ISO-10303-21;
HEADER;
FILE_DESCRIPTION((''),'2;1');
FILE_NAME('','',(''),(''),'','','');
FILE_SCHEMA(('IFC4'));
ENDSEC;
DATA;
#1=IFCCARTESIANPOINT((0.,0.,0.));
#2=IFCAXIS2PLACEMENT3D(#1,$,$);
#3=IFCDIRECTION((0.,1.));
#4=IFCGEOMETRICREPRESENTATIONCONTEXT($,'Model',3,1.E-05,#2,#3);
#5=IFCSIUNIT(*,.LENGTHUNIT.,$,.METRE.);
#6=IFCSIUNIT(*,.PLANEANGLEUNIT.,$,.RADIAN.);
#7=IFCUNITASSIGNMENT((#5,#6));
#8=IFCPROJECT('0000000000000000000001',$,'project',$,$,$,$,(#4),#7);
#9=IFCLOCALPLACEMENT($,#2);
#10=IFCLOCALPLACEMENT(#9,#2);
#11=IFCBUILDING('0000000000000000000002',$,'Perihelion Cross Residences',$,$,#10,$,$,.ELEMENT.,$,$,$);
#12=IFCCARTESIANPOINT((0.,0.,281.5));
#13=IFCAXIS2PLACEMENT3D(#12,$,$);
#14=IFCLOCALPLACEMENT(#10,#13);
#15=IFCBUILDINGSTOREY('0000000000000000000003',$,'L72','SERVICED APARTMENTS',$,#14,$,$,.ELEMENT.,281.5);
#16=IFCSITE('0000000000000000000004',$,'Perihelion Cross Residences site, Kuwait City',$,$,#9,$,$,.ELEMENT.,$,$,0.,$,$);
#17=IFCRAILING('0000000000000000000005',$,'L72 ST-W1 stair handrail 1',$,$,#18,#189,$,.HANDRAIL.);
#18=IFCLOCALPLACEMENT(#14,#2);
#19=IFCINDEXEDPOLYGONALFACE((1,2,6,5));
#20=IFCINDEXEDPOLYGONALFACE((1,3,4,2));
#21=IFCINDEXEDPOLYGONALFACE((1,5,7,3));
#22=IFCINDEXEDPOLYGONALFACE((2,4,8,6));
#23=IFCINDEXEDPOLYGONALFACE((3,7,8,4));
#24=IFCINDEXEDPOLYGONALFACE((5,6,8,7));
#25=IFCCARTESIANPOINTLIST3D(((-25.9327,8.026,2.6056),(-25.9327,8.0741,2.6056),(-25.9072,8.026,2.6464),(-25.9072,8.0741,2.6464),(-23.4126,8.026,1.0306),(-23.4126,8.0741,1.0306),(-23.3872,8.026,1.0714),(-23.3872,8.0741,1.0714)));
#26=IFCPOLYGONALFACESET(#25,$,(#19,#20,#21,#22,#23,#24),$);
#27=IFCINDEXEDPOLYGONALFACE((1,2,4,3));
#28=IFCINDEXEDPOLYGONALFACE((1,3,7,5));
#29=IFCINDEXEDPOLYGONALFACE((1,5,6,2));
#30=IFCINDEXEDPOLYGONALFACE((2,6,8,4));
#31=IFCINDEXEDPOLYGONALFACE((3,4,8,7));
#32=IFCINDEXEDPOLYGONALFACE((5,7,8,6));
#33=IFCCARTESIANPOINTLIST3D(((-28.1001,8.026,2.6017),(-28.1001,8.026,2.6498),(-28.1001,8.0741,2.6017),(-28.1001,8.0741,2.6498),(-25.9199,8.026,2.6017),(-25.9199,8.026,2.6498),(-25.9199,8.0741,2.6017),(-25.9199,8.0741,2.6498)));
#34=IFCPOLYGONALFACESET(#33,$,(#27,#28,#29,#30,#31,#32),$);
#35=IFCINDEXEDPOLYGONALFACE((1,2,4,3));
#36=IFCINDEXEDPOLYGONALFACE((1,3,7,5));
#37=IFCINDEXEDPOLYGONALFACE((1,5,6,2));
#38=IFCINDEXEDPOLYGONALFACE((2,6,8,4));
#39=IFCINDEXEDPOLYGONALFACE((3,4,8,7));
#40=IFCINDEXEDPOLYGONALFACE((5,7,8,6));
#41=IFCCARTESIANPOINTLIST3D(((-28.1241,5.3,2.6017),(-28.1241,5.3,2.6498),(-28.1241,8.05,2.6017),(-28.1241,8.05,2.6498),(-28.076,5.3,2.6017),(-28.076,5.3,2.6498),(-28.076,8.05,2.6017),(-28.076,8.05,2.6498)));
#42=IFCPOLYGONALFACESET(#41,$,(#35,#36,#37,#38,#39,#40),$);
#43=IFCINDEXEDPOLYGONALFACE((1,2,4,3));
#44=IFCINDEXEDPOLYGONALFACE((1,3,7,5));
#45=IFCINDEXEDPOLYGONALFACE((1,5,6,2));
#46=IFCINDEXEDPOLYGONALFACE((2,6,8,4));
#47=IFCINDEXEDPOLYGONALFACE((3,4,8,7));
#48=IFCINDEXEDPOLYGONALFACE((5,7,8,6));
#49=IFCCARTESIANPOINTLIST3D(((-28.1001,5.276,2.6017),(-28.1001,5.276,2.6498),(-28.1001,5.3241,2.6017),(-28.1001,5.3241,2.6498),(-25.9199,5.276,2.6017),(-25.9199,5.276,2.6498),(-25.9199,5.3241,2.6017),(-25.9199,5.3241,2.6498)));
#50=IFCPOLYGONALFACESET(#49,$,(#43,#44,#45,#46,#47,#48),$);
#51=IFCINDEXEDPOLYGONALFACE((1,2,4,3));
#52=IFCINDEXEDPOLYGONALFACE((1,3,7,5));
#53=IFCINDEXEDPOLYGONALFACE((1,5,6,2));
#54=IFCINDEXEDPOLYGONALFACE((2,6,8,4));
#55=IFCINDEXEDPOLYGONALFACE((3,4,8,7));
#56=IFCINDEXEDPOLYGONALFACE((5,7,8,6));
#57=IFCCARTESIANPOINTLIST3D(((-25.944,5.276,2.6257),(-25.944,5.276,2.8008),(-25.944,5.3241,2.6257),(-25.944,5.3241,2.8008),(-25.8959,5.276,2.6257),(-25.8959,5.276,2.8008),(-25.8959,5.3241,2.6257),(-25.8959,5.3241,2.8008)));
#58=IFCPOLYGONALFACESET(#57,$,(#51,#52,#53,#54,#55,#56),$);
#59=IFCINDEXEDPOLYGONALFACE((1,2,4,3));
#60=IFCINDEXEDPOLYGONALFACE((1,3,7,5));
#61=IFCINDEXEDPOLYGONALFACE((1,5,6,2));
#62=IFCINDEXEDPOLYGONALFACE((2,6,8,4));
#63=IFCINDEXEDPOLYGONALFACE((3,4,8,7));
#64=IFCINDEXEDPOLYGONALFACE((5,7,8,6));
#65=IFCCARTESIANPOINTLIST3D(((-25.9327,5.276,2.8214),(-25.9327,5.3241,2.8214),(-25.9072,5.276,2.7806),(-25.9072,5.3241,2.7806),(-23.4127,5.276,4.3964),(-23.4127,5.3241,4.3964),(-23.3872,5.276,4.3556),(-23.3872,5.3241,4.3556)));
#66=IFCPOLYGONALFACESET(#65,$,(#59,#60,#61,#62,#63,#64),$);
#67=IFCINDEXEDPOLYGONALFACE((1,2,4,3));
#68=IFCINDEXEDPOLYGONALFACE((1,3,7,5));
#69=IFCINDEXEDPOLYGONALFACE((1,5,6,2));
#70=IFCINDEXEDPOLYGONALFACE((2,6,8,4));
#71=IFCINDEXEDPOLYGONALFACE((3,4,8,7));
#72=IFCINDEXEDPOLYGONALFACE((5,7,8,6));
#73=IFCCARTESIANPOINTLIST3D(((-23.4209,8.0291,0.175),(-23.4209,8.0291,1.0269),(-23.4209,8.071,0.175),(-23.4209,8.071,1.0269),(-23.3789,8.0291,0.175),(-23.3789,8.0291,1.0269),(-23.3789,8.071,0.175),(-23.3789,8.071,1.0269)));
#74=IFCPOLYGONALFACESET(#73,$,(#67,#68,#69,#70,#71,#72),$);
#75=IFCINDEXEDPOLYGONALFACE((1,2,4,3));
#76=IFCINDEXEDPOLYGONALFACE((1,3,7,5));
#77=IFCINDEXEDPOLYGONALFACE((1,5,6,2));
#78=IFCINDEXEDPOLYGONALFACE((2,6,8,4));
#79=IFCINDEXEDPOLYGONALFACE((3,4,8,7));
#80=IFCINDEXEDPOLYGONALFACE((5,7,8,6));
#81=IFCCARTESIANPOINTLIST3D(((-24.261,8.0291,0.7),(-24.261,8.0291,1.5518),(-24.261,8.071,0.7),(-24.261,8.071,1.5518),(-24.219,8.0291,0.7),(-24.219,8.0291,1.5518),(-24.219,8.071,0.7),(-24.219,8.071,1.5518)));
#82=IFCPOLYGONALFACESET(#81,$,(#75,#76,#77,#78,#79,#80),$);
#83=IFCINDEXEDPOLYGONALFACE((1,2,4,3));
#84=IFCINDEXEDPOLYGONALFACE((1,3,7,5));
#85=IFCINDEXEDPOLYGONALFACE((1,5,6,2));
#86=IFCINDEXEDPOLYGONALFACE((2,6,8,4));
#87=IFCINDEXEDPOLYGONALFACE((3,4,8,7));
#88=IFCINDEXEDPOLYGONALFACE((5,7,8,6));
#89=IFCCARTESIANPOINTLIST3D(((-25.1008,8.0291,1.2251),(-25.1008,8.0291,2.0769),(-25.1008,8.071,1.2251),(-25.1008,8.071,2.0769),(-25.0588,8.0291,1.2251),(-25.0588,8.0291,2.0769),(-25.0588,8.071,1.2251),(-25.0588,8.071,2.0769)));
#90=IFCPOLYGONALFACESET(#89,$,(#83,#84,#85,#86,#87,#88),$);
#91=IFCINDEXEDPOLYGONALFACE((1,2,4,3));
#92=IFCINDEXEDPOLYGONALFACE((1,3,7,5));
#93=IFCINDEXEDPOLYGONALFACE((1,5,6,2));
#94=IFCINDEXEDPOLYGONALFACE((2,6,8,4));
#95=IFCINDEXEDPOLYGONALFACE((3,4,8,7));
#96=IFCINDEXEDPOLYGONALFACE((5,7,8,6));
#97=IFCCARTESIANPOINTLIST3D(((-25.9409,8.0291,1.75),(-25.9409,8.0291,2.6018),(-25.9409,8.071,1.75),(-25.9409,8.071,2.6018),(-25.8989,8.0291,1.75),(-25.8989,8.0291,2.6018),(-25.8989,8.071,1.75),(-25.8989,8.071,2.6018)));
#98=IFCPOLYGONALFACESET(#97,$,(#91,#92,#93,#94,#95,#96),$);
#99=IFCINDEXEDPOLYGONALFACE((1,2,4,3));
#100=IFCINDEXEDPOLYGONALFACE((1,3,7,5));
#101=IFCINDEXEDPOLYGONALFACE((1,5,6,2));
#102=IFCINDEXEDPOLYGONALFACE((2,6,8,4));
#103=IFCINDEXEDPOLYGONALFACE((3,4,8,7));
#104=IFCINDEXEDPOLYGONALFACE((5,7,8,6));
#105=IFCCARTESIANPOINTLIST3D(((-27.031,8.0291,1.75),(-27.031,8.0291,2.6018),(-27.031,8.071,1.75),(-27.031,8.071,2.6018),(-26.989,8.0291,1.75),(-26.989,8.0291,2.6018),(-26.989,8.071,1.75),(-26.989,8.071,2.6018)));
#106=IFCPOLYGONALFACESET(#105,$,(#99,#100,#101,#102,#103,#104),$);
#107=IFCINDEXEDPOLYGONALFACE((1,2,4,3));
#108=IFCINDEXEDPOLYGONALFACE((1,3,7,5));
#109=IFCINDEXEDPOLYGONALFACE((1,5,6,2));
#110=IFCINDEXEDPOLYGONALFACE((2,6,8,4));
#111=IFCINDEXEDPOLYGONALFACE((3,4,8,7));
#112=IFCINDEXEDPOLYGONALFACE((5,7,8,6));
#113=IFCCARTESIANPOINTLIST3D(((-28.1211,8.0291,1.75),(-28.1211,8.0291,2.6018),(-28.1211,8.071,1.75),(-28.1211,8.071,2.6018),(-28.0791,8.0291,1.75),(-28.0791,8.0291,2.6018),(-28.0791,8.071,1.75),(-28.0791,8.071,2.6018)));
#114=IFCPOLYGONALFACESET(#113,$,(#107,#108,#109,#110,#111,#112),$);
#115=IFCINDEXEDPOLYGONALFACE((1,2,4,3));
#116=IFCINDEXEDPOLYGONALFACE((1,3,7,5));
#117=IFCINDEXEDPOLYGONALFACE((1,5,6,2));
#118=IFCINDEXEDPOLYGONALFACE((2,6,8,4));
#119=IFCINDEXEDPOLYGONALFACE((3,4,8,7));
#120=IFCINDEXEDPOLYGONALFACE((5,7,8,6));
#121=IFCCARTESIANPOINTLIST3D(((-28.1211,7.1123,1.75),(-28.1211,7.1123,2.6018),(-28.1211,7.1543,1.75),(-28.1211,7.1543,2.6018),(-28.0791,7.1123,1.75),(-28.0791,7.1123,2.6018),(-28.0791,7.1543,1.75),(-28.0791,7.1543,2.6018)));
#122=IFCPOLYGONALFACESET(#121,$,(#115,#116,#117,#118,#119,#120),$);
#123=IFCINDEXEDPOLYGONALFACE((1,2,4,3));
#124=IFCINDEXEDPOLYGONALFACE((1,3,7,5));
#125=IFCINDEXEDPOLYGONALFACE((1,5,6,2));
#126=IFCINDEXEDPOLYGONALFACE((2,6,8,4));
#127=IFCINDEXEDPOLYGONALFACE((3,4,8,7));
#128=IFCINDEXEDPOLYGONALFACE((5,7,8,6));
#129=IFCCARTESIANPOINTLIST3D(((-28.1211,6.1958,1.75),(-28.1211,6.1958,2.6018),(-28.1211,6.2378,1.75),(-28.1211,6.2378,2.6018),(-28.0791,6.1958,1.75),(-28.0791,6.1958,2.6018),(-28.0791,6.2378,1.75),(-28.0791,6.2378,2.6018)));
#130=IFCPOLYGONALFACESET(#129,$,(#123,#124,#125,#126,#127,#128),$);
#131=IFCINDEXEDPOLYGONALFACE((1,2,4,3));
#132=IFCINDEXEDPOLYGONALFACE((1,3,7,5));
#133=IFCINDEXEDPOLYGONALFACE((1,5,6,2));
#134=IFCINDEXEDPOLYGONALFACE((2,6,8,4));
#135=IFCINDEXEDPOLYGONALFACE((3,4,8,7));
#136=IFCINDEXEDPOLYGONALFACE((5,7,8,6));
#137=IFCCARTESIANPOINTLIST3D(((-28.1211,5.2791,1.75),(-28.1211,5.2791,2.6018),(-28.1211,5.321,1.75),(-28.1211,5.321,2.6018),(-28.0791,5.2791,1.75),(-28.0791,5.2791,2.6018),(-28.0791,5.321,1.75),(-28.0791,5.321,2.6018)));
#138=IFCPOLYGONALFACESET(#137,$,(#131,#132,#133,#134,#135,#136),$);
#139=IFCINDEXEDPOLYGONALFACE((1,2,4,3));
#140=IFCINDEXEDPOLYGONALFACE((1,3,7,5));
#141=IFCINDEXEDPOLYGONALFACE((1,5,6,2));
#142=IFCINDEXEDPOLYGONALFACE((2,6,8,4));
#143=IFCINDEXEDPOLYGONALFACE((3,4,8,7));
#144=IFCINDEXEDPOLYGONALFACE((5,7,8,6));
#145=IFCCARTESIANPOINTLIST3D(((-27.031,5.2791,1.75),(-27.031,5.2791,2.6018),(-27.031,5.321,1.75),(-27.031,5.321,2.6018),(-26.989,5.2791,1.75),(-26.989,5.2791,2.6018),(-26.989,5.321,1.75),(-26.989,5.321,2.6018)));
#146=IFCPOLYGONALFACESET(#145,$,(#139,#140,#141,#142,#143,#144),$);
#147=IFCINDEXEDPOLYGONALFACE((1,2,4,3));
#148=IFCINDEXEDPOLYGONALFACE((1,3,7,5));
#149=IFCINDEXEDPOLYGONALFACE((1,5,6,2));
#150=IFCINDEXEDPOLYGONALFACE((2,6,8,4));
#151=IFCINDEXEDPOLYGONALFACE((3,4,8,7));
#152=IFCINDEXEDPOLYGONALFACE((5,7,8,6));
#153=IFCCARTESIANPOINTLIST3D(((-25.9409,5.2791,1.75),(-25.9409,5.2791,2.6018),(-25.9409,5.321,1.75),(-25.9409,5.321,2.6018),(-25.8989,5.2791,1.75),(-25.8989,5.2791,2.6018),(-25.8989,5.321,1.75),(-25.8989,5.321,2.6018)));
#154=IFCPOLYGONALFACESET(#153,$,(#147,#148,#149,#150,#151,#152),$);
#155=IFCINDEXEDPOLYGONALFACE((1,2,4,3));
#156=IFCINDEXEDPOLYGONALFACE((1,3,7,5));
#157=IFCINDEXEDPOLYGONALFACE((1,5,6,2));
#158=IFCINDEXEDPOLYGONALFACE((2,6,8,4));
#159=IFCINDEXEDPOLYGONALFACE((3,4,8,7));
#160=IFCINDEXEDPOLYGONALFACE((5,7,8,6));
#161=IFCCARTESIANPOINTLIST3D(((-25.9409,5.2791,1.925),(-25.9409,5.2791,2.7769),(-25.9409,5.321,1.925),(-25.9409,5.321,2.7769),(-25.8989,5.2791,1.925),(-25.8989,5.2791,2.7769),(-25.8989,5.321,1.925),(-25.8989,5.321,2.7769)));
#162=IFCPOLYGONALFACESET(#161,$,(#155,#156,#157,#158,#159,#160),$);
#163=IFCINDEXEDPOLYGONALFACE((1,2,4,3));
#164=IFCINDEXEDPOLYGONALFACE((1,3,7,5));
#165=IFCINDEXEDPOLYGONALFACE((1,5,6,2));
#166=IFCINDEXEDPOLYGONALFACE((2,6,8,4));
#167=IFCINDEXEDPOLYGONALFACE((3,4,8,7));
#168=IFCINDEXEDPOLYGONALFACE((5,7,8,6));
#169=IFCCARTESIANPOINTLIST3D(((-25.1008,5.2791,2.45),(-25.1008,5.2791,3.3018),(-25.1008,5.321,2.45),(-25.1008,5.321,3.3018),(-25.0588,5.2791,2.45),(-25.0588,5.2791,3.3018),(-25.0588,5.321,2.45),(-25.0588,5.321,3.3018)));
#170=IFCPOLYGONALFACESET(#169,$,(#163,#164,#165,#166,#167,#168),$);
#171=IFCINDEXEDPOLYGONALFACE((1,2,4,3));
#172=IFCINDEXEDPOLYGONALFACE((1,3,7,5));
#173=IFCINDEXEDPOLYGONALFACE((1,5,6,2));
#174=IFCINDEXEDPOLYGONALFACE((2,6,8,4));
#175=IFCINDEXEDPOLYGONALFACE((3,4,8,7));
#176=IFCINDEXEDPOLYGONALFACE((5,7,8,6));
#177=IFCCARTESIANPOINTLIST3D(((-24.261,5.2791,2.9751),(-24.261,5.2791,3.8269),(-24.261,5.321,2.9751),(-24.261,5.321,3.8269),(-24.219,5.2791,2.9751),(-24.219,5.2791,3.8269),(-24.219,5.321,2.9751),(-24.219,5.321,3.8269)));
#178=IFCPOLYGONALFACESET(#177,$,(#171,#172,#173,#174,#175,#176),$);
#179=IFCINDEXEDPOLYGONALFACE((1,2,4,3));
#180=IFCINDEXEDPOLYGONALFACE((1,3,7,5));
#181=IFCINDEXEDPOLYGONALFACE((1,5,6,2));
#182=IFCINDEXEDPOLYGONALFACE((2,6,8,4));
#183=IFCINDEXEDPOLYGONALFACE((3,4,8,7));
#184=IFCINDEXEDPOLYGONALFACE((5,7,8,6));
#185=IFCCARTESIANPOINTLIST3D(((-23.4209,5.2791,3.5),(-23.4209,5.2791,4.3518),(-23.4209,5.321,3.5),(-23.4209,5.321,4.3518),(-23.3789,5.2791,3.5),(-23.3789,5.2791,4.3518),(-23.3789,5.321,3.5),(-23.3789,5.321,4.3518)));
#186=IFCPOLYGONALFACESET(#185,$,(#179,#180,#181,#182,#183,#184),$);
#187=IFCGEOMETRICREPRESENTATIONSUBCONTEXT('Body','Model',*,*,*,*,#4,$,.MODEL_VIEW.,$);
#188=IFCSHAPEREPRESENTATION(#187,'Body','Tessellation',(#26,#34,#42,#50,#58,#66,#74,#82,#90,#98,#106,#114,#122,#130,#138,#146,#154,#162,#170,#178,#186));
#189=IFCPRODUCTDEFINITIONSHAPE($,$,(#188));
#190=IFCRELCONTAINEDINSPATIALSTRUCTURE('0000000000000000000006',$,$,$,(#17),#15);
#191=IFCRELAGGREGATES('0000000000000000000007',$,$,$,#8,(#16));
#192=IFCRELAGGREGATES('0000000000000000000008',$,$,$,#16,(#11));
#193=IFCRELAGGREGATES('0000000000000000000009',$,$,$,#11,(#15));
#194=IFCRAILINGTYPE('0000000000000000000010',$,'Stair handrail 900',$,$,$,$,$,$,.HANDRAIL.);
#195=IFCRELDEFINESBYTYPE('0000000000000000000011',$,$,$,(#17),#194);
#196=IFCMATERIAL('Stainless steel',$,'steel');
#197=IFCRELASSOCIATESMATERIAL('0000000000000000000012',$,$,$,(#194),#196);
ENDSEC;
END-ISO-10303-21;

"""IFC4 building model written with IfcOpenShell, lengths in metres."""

from ifc_helpers import new_model, si_unit, direction, frame, origin, origin_2d, place, context, subcontext, project, spatial, rectangle, extrude, material, type_object, element, save


model = new_model("IFC4")

# Units and contexts
model_context = context("Model", 3, precision=1e-05, world=origin(), true_north=direction((0.0, 1.0)))
body_context = subcontext(model_context, "Body", "Model", "MODEL_VIEW")
ifc_project = project(units=[si_unit("LENGTHUNIT", "METRE"), si_unit("PLANEANGLEUNIT", "RADIAN")], contexts=[model_context])

# Site, building, storey
site_placement = place(None, origin())
site = spatial("IfcSite", under=ifc_project, at=site_placement, Name="Perihelion Cross Residences site, Kuwait City", CompositionType="ELEMENT", RefElevation=0.0)
building_placement = place(site_placement, origin())
building = spatial("IfcBuilding", under=site, at=building_placement, Name="Perihelion Cross Residences", CompositionType="ELEMENT")
storey_placement = place(building_placement, frame((0.0, 0.0, 281.5)))
storey = spatial("IfcBuildingStorey", under=building, at=storey_placement, Name="L72", Description="SERVICED APARTMENTS", CompositionType="ELEMENT", Elevation=281.5)

# Railing
ifc_material_1 = material(Name="Stainless steel", Category="steel")
railing_type_1 = type_object("IfcRailingType", Name="Stair handrail 900", PredefinedType="HANDRAIL", material=ifc_material_1)
railing_1_placement = place(storey_placement, frame((-23.3999, 8.05, 0.175)))
element("IfcRailing", 1, at=railing_1_placement, inside=storey, type_object=railing_type_1, Name="L72 ST-W1 stair handrail 1", PredefinedType="HANDRAIL", context=body_context, shape_type="SweptSolid", body=[
    extrude(rectangle(XDim=0.0481, YDim=0.0481, at=origin_2d()), frame((0.0, 0.0, 0.876), z_axis=(-0.848008, 0.0, 0.529984), x_axis=(0.0, -1.0, 0.0)), (0.0, 0.0, 1.0), 2.9717),
    extrude(rectangle(XDim=0.0481, YDim=0.0481, at=origin_2d()), frame((-2.52, 0.0, 2.4507), z_axis=(-1.0, 0.0, 0.0), x_axis=(0.0, -1.0, 0.0)), (0.0, 0.0, 1.0), 2.1802),
    extrude(rectangle(XDim=0.0481, YDim=0.0481, at=origin_2d()), frame((-4.7002, 0.0, 2.4507), z_axis=(0.0, -1.0, 0.0), x_axis=(1.0, 0.0, 0.0)), (0.0, 0.0, 1.0), 2.75),
    extrude(rectangle(XDim=0.0481, YDim=0.0481, at=origin_2d()), frame((-4.7002, -2.75, 2.4507), z_axis=(1.0, 0.0, 0.0), x_axis=(0.0, 1.0, 0.0)), (0.0, 0.0, 1.0), 2.1802),
    extrude(rectangle(XDim=0.0481, YDim=0.0481, at=origin_2d()), frame((-2.52, -2.75, 2.4507), z_axis=(0.0, 0.0, 1.0), x_axis=(1.0, 0.0, 0.0)), (0.0, 0.0, 1.0), 0.175),
    extrude(rectangle(XDim=0.0481, YDim=0.0481, at=origin_2d()), frame((-2.52, -2.75, 2.626), z_axis=(0.848008, 0.0, 0.529984), x_axis=(0.0, 1.0, 0.0)), (0.0, 0.0, 1.0), 2.9717),
    extrude(rectangle(XDim=0.042, YDim=0.042, at=origin_2d()), origin(), (0.0, 0.0, 1.0), 0.8518),
    extrude(rectangle(XDim=0.042, YDim=0.042, at=origin_2d()), frame((-0.8401, 0.0, 0.5249)), (0.0, 0.0, 1.0), 0.8518),
    extrude(rectangle(XDim=0.042, YDim=0.042, at=origin_2d()), frame((-1.6799, 0.0, 1.05)), (0.0, 0.0, 1.0), 0.8518),
    extrude(rectangle(XDim=0.042, YDim=0.042, at=origin_2d()), frame((-2.52, 0.0, 1.575)), (0.0, 0.0, 1.0), 0.8518),
    extrude(rectangle(XDim=0.042, YDim=0.042, at=origin_2d()), frame((-3.6101, 0.0, 1.575)), (0.0, 0.0, 1.0), 0.8518),
    extrude(rectangle(XDim=0.042, YDim=0.042, at=origin_2d()), frame((-4.7002, 0.0, 1.575)), (0.0, 0.0, 1.0), 0.8518),
    extrude(rectangle(XDim=0.042, YDim=0.042, at=origin_2d()), frame((-4.7002, -0.9167, 1.575)), (0.0, 0.0, 1.0), 0.8518),
    extrude(rectangle(XDim=0.042, YDim=0.042, at=origin_2d()), frame((-4.7002, -1.8333, 1.575)), (0.0, 0.0, 1.0), 0.8518),
    extrude(rectangle(XDim=0.042, YDim=0.042, at=origin_2d()), frame((-4.7002, -2.75, 1.575)), (0.0, 0.0, 1.0), 0.8518),
    extrude(rectangle(XDim=0.042, YDim=0.042, at=origin_2d()), frame((-3.6101, -2.75, 1.575)), (0.0, 0.0, 1.0), 0.8518),
    extrude(rectangle(XDim=0.042, YDim=0.042, at=origin_2d()), frame((-2.52, -2.75, 1.575)), (0.0, 0.0, 1.0), 0.8518),
    extrude(rectangle(XDim=0.042, YDim=0.042, at=origin_2d()), frame((-2.52, -2.75, 1.75)), (0.0, 0.0, 1.0), 0.8518),
    extrude(rectangle(XDim=0.042, YDim=0.042, at=origin_2d()), frame((-1.6799, -2.75, 2.2749)), (0.0, 0.0, 1.0), 0.8518),
    extrude(rectangle(XDim=0.042, YDim=0.042, at=origin_2d()), frame((-0.8401, -2.75, 2.8)), (0.0, 0.0, 1.0), 0.8518),
    extrude(rectangle(XDim=0.042, YDim=0.042, at=origin_2d()), frame((0.0, -2.75, 3.325)), (0.0, 0.0, 1.0), 0.8518),
])

save(model, "model.ifc")
